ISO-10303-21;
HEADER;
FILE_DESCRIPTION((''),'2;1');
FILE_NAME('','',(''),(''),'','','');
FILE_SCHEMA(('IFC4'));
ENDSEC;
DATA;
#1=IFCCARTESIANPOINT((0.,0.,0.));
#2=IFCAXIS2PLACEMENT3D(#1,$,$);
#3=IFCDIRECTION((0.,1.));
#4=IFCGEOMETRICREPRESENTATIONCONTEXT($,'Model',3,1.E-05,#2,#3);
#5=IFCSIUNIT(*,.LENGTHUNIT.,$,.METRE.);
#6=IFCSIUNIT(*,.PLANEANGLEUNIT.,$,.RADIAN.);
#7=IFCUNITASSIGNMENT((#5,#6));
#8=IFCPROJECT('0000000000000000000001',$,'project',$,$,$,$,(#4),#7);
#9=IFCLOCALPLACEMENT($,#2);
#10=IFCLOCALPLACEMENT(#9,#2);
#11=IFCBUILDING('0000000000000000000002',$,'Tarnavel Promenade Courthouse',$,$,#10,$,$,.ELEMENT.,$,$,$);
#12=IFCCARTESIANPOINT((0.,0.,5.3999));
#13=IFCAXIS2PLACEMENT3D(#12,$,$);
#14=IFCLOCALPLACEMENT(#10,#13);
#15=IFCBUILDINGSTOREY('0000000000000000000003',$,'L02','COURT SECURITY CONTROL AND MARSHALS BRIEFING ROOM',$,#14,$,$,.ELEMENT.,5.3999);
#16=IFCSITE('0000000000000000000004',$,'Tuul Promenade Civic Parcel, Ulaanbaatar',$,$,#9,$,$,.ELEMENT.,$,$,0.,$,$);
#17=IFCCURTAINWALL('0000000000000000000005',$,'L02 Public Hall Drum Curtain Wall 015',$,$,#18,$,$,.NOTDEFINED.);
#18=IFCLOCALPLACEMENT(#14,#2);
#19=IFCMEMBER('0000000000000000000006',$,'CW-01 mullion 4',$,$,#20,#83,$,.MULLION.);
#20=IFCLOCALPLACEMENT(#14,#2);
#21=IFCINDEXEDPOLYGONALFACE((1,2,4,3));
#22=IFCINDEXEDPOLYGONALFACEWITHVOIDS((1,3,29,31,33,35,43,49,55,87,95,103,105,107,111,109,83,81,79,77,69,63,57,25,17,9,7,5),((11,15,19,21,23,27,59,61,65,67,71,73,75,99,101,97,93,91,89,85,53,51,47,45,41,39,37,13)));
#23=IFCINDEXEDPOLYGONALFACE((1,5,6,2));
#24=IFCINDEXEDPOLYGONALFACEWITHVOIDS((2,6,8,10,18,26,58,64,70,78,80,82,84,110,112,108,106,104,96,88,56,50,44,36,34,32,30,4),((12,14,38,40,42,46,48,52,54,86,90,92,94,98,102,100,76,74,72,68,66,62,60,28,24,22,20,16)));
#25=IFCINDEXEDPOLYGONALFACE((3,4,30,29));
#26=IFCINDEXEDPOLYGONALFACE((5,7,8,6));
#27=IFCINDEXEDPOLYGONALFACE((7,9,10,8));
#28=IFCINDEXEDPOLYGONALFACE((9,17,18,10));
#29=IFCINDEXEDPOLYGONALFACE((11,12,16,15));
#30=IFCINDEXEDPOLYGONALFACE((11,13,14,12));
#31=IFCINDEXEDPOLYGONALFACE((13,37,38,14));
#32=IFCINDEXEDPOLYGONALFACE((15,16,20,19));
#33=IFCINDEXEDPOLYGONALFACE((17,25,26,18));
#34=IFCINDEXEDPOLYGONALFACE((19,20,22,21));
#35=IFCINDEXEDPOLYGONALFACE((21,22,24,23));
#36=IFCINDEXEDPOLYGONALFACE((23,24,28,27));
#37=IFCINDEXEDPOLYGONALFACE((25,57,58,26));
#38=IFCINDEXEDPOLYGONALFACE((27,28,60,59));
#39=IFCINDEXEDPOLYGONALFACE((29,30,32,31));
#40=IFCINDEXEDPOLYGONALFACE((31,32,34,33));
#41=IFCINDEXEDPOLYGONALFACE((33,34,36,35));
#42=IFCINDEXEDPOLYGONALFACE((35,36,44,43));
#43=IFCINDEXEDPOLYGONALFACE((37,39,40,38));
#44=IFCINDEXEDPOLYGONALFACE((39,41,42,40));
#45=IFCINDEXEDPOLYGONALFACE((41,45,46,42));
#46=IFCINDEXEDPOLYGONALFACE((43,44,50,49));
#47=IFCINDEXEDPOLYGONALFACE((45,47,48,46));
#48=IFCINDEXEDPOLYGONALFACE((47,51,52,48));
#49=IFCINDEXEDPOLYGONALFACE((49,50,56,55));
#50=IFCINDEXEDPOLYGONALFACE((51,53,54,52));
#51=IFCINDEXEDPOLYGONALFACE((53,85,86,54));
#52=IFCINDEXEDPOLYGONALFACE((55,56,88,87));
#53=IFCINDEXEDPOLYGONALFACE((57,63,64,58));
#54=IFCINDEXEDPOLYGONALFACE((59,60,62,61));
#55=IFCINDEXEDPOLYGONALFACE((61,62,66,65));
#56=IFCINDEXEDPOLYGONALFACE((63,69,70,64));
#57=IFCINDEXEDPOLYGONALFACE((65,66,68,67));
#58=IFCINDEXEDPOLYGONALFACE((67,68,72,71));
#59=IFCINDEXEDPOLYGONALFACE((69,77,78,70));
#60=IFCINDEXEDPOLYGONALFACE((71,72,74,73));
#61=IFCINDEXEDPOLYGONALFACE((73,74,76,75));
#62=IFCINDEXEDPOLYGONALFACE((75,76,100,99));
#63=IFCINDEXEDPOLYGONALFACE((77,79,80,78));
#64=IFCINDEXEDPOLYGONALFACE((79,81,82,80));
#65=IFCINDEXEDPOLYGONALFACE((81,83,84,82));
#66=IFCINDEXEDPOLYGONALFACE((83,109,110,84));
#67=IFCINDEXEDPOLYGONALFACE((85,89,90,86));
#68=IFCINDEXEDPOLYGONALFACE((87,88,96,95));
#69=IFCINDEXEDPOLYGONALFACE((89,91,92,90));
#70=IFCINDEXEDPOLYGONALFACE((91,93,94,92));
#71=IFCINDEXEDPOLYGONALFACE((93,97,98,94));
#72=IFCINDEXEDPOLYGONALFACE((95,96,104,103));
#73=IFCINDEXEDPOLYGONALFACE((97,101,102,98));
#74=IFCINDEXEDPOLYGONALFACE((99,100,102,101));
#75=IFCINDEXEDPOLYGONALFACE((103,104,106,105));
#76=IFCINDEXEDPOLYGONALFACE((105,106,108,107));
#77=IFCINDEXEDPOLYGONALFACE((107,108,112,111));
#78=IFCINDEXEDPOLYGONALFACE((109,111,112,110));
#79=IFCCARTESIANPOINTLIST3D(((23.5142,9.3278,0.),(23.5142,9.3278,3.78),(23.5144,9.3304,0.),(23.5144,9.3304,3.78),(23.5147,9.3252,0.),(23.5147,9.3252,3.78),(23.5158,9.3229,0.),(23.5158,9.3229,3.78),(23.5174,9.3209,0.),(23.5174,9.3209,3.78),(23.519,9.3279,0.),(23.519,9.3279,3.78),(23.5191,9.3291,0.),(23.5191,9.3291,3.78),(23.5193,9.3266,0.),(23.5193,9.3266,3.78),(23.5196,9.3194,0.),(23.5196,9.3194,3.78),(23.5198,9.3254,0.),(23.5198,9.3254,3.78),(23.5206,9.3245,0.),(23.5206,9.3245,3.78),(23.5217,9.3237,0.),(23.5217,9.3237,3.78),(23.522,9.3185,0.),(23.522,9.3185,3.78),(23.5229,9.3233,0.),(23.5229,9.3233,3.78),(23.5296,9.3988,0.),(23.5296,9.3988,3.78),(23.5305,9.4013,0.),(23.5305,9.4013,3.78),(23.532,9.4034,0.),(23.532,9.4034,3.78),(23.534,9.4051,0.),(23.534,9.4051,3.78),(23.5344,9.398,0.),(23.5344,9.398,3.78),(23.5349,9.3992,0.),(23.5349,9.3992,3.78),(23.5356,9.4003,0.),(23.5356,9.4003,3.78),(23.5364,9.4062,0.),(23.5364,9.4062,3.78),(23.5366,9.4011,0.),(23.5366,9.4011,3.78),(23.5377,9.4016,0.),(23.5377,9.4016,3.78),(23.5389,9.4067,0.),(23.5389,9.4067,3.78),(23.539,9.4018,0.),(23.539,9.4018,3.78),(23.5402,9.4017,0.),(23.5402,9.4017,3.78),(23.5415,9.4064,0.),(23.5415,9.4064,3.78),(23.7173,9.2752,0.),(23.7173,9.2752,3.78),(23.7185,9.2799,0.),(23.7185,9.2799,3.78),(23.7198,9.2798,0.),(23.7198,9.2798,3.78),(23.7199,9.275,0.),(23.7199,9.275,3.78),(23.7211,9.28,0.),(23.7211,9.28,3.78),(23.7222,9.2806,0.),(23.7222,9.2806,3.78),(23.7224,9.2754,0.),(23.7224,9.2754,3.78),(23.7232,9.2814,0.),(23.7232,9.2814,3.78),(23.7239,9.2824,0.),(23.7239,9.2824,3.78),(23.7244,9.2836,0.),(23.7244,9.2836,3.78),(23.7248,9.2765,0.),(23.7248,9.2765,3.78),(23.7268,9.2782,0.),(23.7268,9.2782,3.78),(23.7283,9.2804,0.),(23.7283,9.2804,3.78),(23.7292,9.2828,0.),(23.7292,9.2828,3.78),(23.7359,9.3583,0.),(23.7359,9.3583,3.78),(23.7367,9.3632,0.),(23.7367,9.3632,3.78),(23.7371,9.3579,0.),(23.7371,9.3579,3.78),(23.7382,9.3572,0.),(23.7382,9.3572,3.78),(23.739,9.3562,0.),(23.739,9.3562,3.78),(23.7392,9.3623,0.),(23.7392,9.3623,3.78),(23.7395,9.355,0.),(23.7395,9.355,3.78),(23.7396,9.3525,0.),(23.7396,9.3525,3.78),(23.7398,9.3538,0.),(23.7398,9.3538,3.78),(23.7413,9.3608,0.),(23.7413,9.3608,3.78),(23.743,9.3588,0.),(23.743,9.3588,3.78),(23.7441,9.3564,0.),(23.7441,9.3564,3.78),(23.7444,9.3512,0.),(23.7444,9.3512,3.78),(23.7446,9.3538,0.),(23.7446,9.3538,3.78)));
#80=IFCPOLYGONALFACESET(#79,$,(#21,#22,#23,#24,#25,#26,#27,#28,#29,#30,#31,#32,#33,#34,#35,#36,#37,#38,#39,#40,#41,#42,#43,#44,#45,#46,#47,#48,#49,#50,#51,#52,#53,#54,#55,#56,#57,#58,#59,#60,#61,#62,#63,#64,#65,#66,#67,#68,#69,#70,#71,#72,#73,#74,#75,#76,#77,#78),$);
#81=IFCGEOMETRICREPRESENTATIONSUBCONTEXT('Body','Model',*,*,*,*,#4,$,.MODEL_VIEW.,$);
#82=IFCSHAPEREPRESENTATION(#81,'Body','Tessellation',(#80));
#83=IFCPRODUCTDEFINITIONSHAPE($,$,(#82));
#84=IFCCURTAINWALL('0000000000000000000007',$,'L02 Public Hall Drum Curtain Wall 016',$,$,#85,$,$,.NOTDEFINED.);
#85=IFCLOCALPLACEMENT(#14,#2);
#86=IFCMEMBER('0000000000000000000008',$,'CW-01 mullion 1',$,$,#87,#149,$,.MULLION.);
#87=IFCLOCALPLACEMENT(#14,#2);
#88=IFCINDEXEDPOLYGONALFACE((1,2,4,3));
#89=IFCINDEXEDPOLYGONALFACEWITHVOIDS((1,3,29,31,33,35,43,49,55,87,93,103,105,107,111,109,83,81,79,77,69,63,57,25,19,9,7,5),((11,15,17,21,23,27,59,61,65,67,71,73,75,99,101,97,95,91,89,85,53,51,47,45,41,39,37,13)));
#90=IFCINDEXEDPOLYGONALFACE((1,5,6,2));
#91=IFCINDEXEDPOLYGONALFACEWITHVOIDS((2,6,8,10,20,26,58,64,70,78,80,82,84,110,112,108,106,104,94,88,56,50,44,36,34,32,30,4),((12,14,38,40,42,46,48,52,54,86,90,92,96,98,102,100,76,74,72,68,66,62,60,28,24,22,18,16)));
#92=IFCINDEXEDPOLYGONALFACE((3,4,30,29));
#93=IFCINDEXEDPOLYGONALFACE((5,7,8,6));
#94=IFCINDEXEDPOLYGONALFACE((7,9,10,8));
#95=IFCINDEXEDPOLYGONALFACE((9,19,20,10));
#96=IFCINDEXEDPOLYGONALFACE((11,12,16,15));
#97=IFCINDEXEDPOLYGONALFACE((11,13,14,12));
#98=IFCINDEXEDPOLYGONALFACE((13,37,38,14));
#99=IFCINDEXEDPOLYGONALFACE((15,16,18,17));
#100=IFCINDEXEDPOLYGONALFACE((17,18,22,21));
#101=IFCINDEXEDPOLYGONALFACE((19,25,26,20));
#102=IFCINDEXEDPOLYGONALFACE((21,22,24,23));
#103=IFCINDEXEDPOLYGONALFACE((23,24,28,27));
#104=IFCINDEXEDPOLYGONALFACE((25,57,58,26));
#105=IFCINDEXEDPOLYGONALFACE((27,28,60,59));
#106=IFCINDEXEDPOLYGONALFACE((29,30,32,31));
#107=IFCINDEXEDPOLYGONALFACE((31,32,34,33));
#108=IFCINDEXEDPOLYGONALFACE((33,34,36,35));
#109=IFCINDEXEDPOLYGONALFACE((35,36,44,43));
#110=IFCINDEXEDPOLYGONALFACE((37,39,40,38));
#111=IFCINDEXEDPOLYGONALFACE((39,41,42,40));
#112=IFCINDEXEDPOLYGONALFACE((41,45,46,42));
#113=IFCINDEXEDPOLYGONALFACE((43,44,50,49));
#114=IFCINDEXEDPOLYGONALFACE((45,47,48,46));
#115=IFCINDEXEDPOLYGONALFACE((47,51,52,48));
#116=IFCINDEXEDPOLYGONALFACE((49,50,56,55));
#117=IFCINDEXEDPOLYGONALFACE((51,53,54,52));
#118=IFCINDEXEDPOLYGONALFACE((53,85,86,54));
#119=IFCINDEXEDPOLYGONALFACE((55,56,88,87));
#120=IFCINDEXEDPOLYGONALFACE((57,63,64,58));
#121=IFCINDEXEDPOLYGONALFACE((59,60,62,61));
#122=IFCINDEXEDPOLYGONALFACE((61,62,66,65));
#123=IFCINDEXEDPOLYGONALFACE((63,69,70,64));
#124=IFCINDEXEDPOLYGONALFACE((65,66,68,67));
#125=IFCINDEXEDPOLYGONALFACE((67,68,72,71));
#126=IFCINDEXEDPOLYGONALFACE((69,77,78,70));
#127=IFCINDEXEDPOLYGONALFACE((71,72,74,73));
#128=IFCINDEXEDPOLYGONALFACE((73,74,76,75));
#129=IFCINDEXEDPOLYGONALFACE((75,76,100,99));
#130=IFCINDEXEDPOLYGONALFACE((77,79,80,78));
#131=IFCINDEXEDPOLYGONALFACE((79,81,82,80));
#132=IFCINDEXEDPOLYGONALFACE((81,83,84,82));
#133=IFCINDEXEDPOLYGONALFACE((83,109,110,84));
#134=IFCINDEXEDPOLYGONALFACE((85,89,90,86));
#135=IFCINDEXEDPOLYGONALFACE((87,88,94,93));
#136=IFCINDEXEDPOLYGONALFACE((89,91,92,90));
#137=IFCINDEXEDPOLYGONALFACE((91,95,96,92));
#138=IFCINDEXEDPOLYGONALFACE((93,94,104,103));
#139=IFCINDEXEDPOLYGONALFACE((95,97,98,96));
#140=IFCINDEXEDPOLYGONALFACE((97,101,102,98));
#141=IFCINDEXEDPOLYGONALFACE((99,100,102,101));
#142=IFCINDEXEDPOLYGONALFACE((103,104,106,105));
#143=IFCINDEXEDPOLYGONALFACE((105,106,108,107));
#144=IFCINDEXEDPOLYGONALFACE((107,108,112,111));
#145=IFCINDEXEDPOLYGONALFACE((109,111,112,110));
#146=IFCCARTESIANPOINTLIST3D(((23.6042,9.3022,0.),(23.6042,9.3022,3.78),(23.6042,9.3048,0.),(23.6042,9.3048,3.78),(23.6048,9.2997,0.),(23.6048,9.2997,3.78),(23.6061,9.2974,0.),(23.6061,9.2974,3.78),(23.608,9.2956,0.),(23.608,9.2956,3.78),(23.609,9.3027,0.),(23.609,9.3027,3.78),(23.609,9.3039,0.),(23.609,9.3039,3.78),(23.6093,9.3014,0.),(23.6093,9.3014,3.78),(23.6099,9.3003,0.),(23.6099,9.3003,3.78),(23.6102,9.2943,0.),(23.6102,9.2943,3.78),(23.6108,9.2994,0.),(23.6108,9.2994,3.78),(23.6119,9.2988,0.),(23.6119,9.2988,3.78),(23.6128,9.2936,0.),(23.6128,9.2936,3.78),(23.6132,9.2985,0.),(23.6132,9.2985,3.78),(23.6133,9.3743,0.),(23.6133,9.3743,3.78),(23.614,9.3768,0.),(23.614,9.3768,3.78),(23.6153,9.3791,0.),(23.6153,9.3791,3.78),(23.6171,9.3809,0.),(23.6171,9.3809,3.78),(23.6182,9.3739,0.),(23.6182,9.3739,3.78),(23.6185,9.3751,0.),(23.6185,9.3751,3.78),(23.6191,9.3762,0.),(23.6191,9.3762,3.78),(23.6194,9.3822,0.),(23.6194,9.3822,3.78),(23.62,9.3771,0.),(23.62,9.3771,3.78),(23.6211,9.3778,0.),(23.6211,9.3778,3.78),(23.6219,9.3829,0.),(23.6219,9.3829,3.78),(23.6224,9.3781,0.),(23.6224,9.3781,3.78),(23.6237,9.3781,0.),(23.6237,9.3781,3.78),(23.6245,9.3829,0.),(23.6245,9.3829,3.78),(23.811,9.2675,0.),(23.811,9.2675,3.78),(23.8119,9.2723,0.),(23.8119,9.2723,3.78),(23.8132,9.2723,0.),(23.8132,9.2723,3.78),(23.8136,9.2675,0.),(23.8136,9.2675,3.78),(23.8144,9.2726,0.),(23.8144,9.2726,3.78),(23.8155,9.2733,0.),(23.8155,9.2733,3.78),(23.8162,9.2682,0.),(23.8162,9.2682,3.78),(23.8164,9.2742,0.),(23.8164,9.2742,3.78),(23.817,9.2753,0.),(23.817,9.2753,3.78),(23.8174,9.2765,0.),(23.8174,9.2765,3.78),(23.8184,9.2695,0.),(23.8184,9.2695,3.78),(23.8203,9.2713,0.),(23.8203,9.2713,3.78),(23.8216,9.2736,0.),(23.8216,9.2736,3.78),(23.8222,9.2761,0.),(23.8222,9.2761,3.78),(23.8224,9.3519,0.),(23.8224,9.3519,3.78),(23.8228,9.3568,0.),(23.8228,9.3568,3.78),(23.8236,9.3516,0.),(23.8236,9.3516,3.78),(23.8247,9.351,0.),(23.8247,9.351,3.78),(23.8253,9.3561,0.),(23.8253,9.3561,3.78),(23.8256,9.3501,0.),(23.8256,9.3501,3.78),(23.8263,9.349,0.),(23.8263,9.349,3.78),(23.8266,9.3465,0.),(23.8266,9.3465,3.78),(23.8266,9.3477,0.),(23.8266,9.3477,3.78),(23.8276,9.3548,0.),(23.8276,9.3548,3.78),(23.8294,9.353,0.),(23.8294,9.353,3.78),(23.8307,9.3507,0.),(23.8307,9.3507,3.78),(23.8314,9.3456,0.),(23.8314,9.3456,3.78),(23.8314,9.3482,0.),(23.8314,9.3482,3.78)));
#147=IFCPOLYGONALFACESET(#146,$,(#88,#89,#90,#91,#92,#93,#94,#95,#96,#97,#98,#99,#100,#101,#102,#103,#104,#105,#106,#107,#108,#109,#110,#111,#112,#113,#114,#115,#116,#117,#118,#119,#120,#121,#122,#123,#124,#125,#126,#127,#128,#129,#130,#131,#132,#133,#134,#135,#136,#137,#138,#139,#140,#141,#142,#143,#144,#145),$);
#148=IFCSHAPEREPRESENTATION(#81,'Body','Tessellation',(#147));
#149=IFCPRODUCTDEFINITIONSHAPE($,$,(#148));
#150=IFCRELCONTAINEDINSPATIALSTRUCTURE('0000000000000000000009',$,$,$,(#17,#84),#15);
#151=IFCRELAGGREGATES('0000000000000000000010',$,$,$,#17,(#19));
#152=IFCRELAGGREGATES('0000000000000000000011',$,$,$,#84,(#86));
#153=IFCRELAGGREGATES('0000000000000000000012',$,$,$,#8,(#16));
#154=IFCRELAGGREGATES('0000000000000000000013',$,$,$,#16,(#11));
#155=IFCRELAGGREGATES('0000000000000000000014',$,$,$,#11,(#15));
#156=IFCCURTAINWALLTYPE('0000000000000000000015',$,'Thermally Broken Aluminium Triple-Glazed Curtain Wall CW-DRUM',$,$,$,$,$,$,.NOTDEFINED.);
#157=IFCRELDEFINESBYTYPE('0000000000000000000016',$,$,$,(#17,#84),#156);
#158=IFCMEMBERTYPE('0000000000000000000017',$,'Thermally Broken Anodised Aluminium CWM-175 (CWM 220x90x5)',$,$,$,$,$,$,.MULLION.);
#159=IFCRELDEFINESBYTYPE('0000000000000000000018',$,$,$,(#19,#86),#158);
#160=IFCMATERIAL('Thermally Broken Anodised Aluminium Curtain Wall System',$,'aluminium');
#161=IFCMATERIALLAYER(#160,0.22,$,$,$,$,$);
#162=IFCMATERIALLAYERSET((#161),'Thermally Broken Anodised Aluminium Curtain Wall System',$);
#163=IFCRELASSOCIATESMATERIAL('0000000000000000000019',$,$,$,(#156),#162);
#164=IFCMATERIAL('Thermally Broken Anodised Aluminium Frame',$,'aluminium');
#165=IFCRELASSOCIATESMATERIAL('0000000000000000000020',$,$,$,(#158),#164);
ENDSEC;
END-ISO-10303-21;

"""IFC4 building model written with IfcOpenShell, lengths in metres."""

from ifc_helpers import new_model, si_unit, direction, frame, origin, origin_2d, place, context, subcontext, project, spatial, hollow_rectangle, extrude, material, layer, layer_set, material_profile, profile_set, type_object, element, aggregate, save


model = new_model("IFC4")

# Units and contexts
model_context = context("Model", 3, precision=1e-05, world=origin(), true_north=direction((0.0, 1.0)))
body_context = subcontext(model_context, "Body", "Model", "MODEL_VIEW")
ifc_project = project(units=[si_unit("LENGTHUNIT", "METRE"), si_unit("PLANEANGLEUNIT", "RADIAN")], contexts=[model_context])

# Site, building, storey
site_placement = place(None, origin())
site = spatial("IfcSite", under=ifc_project, at=site_placement, Name="Tuul Promenade Civic Parcel, Ulaanbaatar", CompositionType="ELEMENT", RefElevation=0.0)
building_placement = place(site_placement, origin())
building = spatial("IfcBuilding", under=site, at=building_placement, Name="Tarnavel Promenade Courthouse", CompositionType="ELEMENT")
storey_placement = place(building_placement, frame((0.0, 0.0, 5.3999)))
storey = spatial("IfcBuildingStorey", under=building, at=storey_placement, Name="L02", Description="COURT SECURITY CONTROL AND MARSHALS BRIEFING ROOM", CompositionType="ELEMENT", Elevation=5.3999)

# Curtain walls, members
ifc_material_1 = material(Name="Thermally Broken Anodised Aluminium Curtain Wall System", Category="aluminium")
ifc_layer_1 = layer(ifc_material_1, 0.22)
ifc_layer_set_1 = layer_set([ifc_layer_1], Name="Thermally Broken Anodised Aluminium Curtain Wall System")
curtain_wall_type = type_object("IfcCurtainWallType", Name="Thermally Broken Aluminium Triple-Glazed Curtain Wall CW-DRUM", PredefinedType="NOTDEFINED", material=ifc_layer_set_1)
curtain_wall_1_placement = place(storey_placement, origin())
curtain_wall_1 = element("IfcCurtainWall", 1, at=curtain_wall_1_placement, inside=storey, type_object=curtain_wall_type, Name="L02 Public Hall Drum Curtain Wall 015", PredefinedType="NOTDEFINED")
ifc_material_2 = material(Name="Thermally Broken Anodised Aluminium Frame", Category="aluminium")
ifc_material_profile_1 = material_profile(ifc_material_2, hollow_rectangle(XDim=0.0901, YDim=0.22, WallThickness=0.0049, InnerFilletRadius=0.0049, OuterFilletRadius=0.01, at=origin_2d()), Name="CWM 220x90x5")
ifc_profile_set_1 = profile_set([ifc_material_profile_1], Name="Thermally Broken Anodised Aluminium Frame")
member_type_1 = type_object("IfcMemberType", Name="Thermally Broken Anodised Aluminium CWM-175 (CWM 220x90x5)", PredefinedType="MULLION", material=ifc_profile_set_1)
member_1_placement = place(storey_placement, frame((23.6294, 9.3408, 0.0), z_axis=(0.0, 0.0, 1.0), x_axis=(0.216438, 0.976296, 0.0)))
member_1 = element("IfcMember", 2, at=member_1_placement, type_object=member_type_1, Name="CW-01 mullion 4", PredefinedType="MULLION", context=body_context, shape_type="SweptSolid", body=[
    extrude(hollow_rectangle(XDim=0.0901, YDim=0.22, WallThickness=0.0049, InnerFilletRadius=0.0049, OuterFilletRadius=0.01, at=origin_2d()), origin(), (0.0, 0.0, 1.0), 3.78),
])
curtain_wall_2_placement = place(storey_placement, origin())
curtain_wall_2 = element("IfcCurtainWall", 3, at=curtain_wall_2_placement, inside=storey, type_object=curtain_wall_type, Name="L02 Public Hall Drum Curtain Wall 016", PredefinedType="NOTDEFINED")
member_2_placement = place(storey_placement, frame((23.7178, 9.3252, 0.0), z_axis=(0.0, 0.0, 1.0), x_axis=(0.130527, 0.991445, 0.0)))
member_2 = element("IfcMember", 4, at=member_2_placement, type_object=member_type_1, Name="CW-01 mullion 1", PredefinedType="MULLION", context=body_context, shape_type="SweptSolid", body=[
    extrude(hollow_rectangle(XDim=0.0901, YDim=0.22, WallThickness=0.0049, InnerFilletRadius=0.0049, OuterFilletRadius=0.01, at=origin_2d()), origin(), (0.0, 0.0, 1.0), 3.78),
])

aggregate(curtain_wall_1, [member_1])
aggregate(curtain_wall_2, [member_2])

save(model, "model.ifc")
